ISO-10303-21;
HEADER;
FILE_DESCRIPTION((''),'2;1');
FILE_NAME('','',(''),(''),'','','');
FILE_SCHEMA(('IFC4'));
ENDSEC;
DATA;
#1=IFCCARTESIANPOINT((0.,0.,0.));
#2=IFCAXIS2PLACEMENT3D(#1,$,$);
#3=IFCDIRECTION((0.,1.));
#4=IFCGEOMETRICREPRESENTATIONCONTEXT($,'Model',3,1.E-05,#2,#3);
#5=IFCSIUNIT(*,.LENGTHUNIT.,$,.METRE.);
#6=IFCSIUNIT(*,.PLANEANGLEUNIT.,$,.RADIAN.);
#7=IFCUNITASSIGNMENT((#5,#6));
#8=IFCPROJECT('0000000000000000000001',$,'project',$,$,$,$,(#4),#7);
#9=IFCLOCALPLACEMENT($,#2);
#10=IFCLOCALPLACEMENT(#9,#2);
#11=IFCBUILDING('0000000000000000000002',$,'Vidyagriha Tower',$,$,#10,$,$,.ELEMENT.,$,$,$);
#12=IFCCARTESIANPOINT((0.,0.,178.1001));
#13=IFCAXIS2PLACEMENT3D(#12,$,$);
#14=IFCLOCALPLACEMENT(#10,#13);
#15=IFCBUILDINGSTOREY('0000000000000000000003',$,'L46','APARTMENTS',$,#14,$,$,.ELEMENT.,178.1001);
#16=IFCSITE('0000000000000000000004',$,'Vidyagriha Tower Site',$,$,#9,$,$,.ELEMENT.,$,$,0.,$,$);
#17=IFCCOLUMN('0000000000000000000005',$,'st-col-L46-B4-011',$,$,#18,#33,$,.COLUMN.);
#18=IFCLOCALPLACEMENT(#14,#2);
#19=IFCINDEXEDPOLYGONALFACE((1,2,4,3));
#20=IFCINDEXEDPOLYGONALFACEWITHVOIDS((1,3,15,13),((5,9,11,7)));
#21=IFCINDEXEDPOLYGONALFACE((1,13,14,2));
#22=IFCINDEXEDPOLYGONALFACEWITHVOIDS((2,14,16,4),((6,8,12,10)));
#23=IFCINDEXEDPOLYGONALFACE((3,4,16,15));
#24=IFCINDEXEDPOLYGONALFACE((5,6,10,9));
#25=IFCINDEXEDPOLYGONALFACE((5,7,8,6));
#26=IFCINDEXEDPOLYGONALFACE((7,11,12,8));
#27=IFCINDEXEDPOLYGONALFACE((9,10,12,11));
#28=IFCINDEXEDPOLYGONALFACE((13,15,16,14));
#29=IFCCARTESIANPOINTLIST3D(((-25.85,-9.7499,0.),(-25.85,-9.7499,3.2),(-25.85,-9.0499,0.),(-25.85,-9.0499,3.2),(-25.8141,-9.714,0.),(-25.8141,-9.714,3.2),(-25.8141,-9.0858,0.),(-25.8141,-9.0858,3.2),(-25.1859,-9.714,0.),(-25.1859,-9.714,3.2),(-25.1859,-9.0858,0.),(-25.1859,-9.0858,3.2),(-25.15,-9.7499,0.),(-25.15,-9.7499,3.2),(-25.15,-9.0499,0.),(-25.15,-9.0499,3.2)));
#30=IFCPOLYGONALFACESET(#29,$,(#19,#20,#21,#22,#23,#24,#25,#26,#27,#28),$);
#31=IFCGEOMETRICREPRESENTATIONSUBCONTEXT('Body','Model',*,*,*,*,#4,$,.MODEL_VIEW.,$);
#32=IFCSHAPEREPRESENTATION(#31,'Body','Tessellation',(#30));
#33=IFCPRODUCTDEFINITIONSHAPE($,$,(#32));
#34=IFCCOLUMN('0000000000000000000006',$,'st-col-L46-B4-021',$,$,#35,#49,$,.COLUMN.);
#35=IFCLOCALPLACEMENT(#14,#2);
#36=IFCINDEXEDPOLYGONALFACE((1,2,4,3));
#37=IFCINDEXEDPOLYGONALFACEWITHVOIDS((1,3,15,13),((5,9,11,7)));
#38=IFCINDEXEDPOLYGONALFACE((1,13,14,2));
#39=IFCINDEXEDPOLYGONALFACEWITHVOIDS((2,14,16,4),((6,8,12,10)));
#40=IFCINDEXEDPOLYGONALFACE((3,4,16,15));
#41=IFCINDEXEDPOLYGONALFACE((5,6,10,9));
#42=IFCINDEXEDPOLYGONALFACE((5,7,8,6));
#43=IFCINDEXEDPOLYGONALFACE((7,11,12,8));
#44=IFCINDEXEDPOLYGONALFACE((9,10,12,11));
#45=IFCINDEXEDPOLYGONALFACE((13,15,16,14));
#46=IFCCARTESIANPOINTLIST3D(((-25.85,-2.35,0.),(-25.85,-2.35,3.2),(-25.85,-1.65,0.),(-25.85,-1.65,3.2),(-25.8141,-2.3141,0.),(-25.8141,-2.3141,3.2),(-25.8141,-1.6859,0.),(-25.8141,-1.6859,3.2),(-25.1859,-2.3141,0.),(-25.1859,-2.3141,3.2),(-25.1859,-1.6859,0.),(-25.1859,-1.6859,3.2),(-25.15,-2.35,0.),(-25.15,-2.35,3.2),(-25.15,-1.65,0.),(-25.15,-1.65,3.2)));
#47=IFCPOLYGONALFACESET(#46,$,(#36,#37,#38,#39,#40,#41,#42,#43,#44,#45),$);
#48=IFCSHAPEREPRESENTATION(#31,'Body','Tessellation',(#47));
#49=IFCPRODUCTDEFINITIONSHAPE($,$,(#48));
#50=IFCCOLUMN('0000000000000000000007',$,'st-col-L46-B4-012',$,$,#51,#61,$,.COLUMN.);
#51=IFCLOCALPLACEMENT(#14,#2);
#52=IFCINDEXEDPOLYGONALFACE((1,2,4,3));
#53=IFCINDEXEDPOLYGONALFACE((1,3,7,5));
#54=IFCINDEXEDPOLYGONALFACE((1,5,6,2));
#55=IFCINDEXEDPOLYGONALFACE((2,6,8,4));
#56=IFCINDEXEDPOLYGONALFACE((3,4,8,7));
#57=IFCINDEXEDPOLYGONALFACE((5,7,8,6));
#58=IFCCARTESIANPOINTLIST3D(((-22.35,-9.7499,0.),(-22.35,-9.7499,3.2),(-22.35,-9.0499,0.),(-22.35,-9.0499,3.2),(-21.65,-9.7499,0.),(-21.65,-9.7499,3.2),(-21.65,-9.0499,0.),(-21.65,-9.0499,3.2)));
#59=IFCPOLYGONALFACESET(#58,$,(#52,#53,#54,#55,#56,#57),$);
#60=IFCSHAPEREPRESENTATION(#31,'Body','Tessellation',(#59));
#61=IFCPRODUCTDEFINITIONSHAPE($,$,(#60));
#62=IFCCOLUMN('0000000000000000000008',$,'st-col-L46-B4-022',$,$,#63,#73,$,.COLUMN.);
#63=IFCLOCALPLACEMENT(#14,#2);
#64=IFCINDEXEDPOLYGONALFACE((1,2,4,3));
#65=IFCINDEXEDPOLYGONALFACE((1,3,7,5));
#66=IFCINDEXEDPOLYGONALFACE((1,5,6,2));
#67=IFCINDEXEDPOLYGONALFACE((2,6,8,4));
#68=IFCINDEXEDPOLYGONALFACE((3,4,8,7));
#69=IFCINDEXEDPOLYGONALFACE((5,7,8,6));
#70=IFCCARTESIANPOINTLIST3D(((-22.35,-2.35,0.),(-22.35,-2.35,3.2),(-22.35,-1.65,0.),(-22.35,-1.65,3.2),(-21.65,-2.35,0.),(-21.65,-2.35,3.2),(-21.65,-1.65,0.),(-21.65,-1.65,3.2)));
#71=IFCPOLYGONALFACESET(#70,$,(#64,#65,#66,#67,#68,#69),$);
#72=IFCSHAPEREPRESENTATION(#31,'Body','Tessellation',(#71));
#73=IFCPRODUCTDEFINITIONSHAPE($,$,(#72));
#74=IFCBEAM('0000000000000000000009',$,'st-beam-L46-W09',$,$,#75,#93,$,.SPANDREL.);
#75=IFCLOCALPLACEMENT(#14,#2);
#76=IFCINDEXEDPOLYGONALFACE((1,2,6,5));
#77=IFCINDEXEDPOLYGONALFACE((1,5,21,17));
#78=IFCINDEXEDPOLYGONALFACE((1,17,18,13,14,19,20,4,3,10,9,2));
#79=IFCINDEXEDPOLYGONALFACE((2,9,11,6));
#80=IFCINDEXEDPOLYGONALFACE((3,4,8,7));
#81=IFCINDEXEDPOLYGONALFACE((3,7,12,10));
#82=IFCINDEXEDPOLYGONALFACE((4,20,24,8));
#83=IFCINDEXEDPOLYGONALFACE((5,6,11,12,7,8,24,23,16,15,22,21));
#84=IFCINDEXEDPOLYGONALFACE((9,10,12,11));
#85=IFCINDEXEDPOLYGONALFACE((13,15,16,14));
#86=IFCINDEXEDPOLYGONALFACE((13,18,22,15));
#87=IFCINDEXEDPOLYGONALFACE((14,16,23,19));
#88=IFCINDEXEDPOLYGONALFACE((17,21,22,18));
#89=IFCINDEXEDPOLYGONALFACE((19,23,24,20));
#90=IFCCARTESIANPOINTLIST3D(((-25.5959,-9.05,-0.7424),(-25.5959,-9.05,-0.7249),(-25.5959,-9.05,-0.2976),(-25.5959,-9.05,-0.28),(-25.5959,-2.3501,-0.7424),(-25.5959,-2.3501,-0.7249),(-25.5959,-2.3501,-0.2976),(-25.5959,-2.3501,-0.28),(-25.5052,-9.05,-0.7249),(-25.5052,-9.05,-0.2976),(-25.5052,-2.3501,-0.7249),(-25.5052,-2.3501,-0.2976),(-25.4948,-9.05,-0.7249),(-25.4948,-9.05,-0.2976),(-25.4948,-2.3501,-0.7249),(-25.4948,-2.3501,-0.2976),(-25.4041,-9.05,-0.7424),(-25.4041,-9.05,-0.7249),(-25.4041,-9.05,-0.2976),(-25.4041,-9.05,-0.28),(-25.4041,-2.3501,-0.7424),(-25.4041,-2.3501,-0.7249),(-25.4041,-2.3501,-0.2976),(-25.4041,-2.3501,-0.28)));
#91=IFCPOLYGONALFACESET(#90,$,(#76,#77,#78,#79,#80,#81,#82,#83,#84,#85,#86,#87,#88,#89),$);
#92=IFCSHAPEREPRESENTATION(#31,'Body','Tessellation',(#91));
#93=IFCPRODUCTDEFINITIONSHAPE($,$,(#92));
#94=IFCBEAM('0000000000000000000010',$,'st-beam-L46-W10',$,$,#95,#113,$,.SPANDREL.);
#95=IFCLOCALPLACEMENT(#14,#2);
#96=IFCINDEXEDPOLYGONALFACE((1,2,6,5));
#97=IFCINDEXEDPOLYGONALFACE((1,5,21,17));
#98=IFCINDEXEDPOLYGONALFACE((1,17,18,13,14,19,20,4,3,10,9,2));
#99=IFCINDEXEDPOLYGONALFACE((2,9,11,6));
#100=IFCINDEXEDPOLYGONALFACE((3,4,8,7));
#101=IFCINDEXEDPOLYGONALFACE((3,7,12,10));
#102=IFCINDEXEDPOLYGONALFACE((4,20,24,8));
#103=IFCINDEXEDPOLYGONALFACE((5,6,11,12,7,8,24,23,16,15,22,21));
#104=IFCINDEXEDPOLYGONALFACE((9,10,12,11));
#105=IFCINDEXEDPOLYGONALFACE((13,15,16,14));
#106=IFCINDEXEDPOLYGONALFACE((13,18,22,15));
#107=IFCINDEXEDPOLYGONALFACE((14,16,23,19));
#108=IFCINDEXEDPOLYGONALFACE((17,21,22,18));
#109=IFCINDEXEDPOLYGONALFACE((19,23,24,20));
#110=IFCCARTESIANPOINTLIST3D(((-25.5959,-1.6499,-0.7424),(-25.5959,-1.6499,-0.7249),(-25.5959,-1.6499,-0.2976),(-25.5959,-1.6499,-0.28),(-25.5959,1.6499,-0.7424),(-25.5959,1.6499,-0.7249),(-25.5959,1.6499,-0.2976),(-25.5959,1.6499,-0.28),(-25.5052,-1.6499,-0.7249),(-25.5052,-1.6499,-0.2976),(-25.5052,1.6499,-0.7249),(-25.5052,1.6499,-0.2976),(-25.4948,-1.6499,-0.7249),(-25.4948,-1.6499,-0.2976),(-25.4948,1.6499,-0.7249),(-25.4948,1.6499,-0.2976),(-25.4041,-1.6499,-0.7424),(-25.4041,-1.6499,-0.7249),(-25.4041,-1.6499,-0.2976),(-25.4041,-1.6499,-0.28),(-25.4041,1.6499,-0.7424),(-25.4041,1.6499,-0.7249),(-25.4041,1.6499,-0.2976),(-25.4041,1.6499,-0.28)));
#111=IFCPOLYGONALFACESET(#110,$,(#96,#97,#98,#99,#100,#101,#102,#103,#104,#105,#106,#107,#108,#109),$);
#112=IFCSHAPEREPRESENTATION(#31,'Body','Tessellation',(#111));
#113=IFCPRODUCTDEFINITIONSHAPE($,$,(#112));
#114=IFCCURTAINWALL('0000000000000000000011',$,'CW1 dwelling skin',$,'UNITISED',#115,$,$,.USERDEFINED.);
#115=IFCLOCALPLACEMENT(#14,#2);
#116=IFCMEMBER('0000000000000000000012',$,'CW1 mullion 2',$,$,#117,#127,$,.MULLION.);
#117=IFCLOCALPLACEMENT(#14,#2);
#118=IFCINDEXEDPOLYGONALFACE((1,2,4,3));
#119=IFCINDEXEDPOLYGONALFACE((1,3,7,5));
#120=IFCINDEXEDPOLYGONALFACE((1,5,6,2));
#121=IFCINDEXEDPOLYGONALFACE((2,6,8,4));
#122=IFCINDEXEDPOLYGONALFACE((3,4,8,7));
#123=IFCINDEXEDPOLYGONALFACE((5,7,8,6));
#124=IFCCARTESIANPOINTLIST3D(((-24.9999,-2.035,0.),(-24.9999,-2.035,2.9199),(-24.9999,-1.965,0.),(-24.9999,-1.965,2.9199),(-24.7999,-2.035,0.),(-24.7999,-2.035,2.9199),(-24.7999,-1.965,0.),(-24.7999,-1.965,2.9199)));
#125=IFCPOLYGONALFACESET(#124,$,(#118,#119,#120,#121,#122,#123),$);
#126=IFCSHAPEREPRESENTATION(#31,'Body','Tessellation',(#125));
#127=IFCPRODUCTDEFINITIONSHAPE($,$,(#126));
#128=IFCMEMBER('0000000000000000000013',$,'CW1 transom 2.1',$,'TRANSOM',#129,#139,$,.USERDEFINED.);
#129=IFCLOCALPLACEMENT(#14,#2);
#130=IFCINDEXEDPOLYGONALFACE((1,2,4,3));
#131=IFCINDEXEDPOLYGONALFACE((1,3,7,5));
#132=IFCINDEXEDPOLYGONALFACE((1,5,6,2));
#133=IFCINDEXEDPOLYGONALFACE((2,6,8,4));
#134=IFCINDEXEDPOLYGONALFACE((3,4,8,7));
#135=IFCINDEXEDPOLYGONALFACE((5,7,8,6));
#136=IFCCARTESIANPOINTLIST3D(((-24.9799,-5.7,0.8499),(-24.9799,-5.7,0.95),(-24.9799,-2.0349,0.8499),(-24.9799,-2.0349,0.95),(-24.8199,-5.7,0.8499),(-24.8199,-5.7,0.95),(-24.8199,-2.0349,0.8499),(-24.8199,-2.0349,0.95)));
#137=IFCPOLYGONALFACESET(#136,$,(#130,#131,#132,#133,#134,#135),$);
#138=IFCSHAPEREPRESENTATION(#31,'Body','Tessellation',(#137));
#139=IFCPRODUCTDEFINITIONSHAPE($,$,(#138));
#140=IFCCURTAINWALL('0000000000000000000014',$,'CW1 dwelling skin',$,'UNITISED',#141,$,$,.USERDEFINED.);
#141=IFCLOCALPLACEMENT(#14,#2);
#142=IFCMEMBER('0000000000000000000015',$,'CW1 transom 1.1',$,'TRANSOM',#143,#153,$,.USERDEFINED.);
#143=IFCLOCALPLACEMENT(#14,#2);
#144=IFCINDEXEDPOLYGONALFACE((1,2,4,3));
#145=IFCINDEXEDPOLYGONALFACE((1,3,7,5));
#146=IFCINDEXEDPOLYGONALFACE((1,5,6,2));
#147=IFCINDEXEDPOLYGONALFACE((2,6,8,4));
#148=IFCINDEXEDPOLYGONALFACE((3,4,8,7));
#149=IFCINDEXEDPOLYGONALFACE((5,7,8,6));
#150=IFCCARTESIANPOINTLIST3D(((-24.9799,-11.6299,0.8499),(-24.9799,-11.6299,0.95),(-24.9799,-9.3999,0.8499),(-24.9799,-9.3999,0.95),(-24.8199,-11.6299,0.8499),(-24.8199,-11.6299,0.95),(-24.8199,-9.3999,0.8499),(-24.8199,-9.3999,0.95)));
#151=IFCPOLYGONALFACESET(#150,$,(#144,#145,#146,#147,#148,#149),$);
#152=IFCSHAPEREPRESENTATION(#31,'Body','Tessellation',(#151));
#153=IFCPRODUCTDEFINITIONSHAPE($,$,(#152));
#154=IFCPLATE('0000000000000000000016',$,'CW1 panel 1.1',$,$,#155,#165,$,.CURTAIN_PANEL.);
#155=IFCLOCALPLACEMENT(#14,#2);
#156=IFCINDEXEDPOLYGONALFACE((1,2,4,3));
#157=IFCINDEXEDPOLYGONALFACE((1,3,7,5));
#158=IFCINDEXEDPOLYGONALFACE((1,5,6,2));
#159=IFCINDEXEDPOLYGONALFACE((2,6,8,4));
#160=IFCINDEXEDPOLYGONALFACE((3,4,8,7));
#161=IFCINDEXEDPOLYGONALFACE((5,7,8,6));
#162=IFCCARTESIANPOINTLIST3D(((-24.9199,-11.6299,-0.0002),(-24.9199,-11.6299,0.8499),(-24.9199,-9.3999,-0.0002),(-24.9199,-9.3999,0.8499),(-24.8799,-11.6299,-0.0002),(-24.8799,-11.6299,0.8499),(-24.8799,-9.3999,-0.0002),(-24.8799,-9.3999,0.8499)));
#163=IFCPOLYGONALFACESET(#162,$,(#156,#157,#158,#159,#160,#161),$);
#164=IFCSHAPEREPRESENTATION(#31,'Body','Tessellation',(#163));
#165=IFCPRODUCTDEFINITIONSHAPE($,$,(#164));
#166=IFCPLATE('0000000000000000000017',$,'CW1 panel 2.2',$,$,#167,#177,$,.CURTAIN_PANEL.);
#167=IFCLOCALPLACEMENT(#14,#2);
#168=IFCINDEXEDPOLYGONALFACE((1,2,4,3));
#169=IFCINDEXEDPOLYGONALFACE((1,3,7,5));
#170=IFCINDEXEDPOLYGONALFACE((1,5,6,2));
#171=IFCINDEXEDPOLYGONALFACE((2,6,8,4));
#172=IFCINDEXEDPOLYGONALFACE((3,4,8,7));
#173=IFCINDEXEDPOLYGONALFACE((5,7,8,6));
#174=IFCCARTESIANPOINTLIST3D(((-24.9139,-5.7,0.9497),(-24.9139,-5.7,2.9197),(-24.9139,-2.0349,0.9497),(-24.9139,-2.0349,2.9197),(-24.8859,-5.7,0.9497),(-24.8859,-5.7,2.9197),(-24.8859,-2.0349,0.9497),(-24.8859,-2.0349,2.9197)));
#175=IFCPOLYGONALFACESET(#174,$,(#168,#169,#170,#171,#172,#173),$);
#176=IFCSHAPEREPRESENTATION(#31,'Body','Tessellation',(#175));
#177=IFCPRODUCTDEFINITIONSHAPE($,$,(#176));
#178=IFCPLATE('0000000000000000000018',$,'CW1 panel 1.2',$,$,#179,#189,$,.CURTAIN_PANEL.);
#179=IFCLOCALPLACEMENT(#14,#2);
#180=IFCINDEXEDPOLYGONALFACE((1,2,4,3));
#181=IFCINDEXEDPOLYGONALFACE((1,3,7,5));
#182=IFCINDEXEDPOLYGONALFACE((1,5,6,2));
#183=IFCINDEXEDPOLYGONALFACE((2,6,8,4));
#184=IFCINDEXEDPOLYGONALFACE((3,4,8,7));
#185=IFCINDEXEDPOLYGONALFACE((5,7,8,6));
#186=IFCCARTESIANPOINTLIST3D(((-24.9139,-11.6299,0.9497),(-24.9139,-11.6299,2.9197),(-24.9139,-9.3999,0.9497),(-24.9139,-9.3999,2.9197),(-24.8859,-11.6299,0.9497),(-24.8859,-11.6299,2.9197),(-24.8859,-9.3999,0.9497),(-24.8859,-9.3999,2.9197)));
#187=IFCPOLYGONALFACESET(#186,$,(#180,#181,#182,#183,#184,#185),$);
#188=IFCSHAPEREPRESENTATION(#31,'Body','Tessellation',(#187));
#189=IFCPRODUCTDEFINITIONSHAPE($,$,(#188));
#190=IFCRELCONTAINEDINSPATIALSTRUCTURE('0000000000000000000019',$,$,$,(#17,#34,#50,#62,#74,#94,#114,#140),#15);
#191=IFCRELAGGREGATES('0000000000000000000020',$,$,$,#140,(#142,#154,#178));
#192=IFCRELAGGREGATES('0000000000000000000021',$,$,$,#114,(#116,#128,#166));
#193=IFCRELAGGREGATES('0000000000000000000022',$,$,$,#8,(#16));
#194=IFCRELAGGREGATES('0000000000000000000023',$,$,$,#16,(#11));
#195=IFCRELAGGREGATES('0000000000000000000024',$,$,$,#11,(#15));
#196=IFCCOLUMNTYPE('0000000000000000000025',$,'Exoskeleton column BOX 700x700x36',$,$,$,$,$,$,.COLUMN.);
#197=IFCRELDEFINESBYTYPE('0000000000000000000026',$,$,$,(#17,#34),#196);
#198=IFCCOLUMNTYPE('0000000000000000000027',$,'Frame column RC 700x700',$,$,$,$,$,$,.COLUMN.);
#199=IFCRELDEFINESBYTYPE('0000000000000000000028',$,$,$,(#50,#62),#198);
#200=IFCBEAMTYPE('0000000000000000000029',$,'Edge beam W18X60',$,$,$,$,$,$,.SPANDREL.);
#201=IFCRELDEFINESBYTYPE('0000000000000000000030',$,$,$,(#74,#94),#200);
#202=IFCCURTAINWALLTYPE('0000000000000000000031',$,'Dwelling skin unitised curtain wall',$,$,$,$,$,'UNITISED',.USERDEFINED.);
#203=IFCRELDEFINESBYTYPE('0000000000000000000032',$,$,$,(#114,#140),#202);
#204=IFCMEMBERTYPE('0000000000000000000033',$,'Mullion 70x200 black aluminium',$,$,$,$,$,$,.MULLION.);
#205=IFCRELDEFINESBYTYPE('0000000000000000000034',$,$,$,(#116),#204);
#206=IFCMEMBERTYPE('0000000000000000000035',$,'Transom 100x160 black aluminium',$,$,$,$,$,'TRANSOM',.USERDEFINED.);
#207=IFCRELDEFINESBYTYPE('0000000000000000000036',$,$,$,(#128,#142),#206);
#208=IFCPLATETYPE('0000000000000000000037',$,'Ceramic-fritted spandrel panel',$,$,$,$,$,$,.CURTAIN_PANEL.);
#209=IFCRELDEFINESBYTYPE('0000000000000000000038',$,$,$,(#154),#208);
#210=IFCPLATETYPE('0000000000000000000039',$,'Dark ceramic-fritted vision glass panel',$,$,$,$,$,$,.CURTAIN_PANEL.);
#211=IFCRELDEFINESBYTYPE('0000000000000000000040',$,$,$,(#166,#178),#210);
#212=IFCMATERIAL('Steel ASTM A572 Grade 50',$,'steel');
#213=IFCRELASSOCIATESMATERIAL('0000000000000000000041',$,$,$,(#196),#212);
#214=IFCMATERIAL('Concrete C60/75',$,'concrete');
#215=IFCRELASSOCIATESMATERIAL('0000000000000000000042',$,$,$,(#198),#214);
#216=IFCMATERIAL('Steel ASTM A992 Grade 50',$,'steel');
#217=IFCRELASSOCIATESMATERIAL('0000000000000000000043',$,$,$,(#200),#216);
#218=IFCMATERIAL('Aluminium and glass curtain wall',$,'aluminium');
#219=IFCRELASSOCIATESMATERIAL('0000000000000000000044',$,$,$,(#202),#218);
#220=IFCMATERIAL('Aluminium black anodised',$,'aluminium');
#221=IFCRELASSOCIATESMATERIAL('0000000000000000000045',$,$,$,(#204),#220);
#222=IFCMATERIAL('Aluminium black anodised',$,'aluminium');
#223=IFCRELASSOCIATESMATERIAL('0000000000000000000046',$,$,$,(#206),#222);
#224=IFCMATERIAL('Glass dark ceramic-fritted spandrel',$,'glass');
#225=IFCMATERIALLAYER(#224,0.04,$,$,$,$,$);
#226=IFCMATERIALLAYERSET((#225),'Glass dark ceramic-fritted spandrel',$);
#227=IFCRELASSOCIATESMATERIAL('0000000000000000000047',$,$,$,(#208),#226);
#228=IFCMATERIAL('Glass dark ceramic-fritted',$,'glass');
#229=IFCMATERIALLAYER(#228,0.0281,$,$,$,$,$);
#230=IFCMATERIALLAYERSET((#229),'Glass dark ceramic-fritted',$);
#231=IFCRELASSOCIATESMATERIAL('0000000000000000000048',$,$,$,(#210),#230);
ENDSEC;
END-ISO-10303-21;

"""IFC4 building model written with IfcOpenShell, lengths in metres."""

from ifc_helpers import new_model, si_unit, direction, frame, origin, origin_2d, place, context, subcontext, project, spatial, rectangle, hollow_rectangle, i_section, extrude, material, layer, layer_set, material_profile, profile_set, type_object, element, aggregate, save


model = new_model("IFC4")

# Units and contexts
model_context = context("Model", 3, precision=1e-05, world=origin(), true_north=direction((0.0, 1.0)))
body_context = subcontext(model_context, "Body", "Model", "MODEL_VIEW")
ifc_project = project(units=[si_unit("LENGTHUNIT", "METRE"), si_unit("PLANEANGLEUNIT", "RADIAN")], contexts=[model_context])

# Site, building, storey
site_placement = place(None, origin())
site = spatial("IfcSite", under=ifc_project, at=site_placement, Name="Vidyagriha Tower Site", CompositionType="ELEMENT", RefElevation=0.0)
building_placement = place(site_placement, origin())
building = spatial("IfcBuilding", under=site, at=building_placement, Name="Vidyagriha Tower", CompositionType="ELEMENT")
storey_placement = place(building_placement, frame((0.0, 0.0, 178.1001)))
storey = spatial("IfcBuildingStorey", under=building, at=storey_placement, Name="L46", Description="APARTMENTS", CompositionType="ELEMENT", Elevation=178.1001)

# Columns
ifc_material_1 = material(Name="Steel ASTM A572 Grade 50", Category="steel")
ifc_material_profile_1 = material_profile(ifc_material_1, hollow_rectangle(XDim=0.7, YDim=0.7, WallThickness=0.0359, at=origin_2d()), Name="BOX 700x700x36")
ifc_profile_set_1 = profile_set([ifc_material_profile_1], Name="Steel ASTM A572 Grade 50")
column_type_1 = type_object("IfcColumnType", Name="Exoskeleton column BOX 700x700x36", PredefinedType="COLUMN", material=ifc_profile_set_1)
for number, where, name in (
    (1, (-25.5, -9.3999, 0.0), "st-col-L46-B4-011"),
    (2, (-25.5, -2.0, 0.0), "st-col-L46-B4-021"),
):
    element("IfcColumn", number, at=place(storey_placement, frame(where)), inside=storey, type_object=column_type_1, Name=name, PredefinedType="COLUMN", context=body_context, shape_type="SweptSolid", body=[
        extrude(hollow_rectangle(XDim=0.7, YDim=0.7, WallThickness=0.0359, at=origin_2d()), origin(), (0.0, 0.0, 1.0), 3.2),
    ])
ifc_material_2 = material(Name="Concrete C60/75", Category="concrete")
ifc_material_profile_2 = material_profile(ifc_material_2, rectangle(XDim=0.7, YDim=0.7, at=origin_2d()), Name="RC 700x700")
ifc_profile_set_2 = profile_set([ifc_material_profile_2], Name="Concrete C60/75")
column_type_2 = type_object("IfcColumnType", Name="Frame column RC 700x700", PredefinedType="COLUMN", material=ifc_profile_set_2)
for number, where, name in (
    (3, (-22.0, -9.3999, 0.0), "st-col-L46-B4-012"),
    (4, (-22.0, -2.0, 0.0), "st-col-L46-B4-022"),
):
    element("IfcColumn", number, at=place(storey_placement, frame(where)), inside=storey, type_object=column_type_2, Name=name, PredefinedType="COLUMN", context=body_context, shape_type="SweptSolid", body=[
        extrude(rectangle(XDim=0.7, YDim=0.7, at=origin_2d()), origin(), (0.0, 0.0, 1.0), 3.2),
    ])

# Beams
ifc_material_3 = material(Name="Steel ASTM A992 Grade 50", Category="steel")
ifc_material_profile_3 = material_profile(ifc_material_3, i_section(OverallWidth=0.1919, OverallDepth=0.4624, WebThickness=0.0105, FlangeThickness=0.0176, at=origin_2d()), Name="W18X60")
ifc_profile_set_3 = profile_set([ifc_material_profile_3], Name="Steel ASTM A992 Grade 50")
beam_type = type_object("IfcBeamType", Name="Edge beam W18X60", PredefinedType="SPANDREL", material=ifc_profile_set_3)
beam_1_placement = place(storey_placement, frame((-25.5, -9.05, -0.5112), z_axis=(0.0, 1.0, 0.0), x_axis=(-1.0, 0.0, 0.0)))
element("IfcBeam", 5, at=beam_1_placement, inside=storey, type_object=beam_type, Name="st-beam-L46-W09", PredefinedType="SPANDREL", context=body_context, shape_type="SweptSolid", body=[
    extrude(i_section(OverallWidth=0.1919, OverallDepth=0.4624, WebThickness=0.0105, FlangeThickness=0.0176, at=origin_2d()), origin(), (0.0, 0.0, 1.0), 6.7),
])
beam_2_placement = place(storey_placement, frame((-25.5, -1.6499, -0.5112), z_axis=(0.0, 1.0, 0.0), x_axis=(-1.0, 0.0, 0.0)))
element("IfcBeam", 6, at=beam_2_placement, inside=storey, type_object=beam_type, Name="st-beam-L46-W10", PredefinedType="SPANDREL", context=body_context, shape_type="SweptSolid", body=[
    extrude(i_section(OverallWidth=0.1919, OverallDepth=0.4624, WebThickness=0.0105, FlangeThickness=0.0176, at=origin_2d()), origin(), (0.0, 0.0, 1.0), 3.2998),
])

# Curtain wall, members
ifc_material_4 = material(Name="Aluminium and glass curtain wall", Category="aluminium")
curtain_wall_type = type_object("IfcCurtainWallType", Name="Dwelling skin unitised curtain wall", ElementType="UNITISED", PredefinedType="USERDEFINED", material=ifc_material_4)
curtain_wall_1_placement = place(storey_placement, origin())
curtain_wall_1 = element("IfcCurtainWall", 7, at=curtain_wall_1_placement, inside=storey, type_object=curtain_wall_type, Name="CW1 dwelling skin", ObjectType="UNITISED", PredefinedType="USERDEFINED")
ifc_material_5 = material(Name="Aluminium black anodised", Category="aluminium")
ifc_material_profile_4 = material_profile(ifc_material_5, rectangle(XDim=0.2, YDim=0.0701, at=origin_2d()), Name="Mullion 70x200 black aluminium")
ifc_profile_set_4 = profile_set([ifc_material_profile_4], Name="Aluminium black anodised")
member_type_1 = type_object("IfcMemberType", Name="Mullion 70x200 black aluminium", PredefinedType="MULLION", material=ifc_profile_set_4)
member_1_placement = place(storey_placement, frame((-24.8999, -2.0, 0.0)))
member_1 = element("IfcMember", 8, at=member_1_placement, type_object=member_type_1, Name="CW1 mullion 2", PredefinedType="MULLION", context=body_context, shape_type="SweptSolid", body=[
    extrude(rectangle(XDim=0.2, YDim=0.0701, at=origin_2d()), origin(), (0.0, 0.0, 1.0), 2.9199),
])
ifc_material_6 = material(Name="Aluminium black anodised", Category="aluminium")
ifc_material_profile_5 = material_profile(ifc_material_6, rectangle(XDim=0.1599, YDim=0.1001, at=origin_2d()), Name="Transom 100x160 black aluminium")
ifc_profile_set_5 = profile_set([ifc_material_profile_5], Name="Aluminium black anodised")
member_type_2 = type_object("IfcMemberType", Name="Transom 100x160 black aluminium", ElementType="TRANSOM", PredefinedType="USERDEFINED", material=ifc_profile_set_5)
member_2_placement = place(storey_placement, frame((-24.8999, -2.0349, 0.8999), z_axis=(0.0, -1.0, 0.0), x_axis=(1.0, 0.0, 0.0)))
member_2 = element("IfcMember", 9, at=member_2_placement, type_object=member_type_2, Name="CW1 transom 2.1", ObjectType="TRANSOM", PredefinedType="USERDEFINED", context=body_context, shape_type="SweptSolid", body=[
    extrude(rectangle(XDim=0.1599, YDim=0.1001, at=origin_2d()), origin(), (0.0, 0.0, 1.0), 3.665),
])

# Curtain wall, member, plate
curtain_wall_2_placement = place(storey_placement, origin())
curtain_wall_2 = element("IfcCurtainWall", 10, at=curtain_wall_2_placement, inside=storey, type_object=curtain_wall_type, Name="CW1 dwelling skin", ObjectType="UNITISED", PredefinedType="USERDEFINED")
member_3_placement = place(storey_placement, frame((-24.8999, -9.3999, 0.8999), z_axis=(0.0, -1.0, 0.0), x_axis=(1.0, 0.0, 0.0)))
member_3 = element("IfcMember", 11, at=member_3_placement, type_object=member_type_2, Name="CW1 transom 1.1", ObjectType="TRANSOM", PredefinedType="USERDEFINED", context=body_context, shape_type="SweptSolid", body=[
    extrude(rectangle(XDim=0.1599, YDim=0.1001, at=origin_2d()), origin(), (0.0, 0.0, 1.0), 2.23),
])
ifc_material_7 = material(Name="Glass dark ceramic-fritted spandrel", Category="glass")
ifc_layer_1 = layer(ifc_material_7, 0.04)
ifc_layer_set_1 = layer_set([ifc_layer_1], Name="Glass dark ceramic-fritted spandrel")
plate_type_1 = type_object("IfcPlateType", Name="Ceramic-fritted spandrel panel", PredefinedType="CURTAIN_PANEL", material=ifc_layer_set_1)
plate_1_placement = place(storey_placement, frame((-24.8999, -10.5149, -0.0002), z_axis=(0.0, 0.0, 1.0), x_axis=(0.0, -1.0, 0.0)))
plate_1 = element("IfcPlate", 12, at=plate_1_placement, type_object=plate_type_1, Name="CW1 panel 1.1", PredefinedType="CURTAIN_PANEL", context=body_context, shape_type="SweptSolid", body=[
    extrude(rectangle(XDim=2.23, YDim=0.04, at=origin_2d()), origin(), (0.0, 0.0, 1.0), 0.8501),
])

# Plates
ifc_material_8 = material(Name="Glass dark ceramic-fritted", Category="glass")
ifc_layer_2 = layer(ifc_material_8, 0.0281)
ifc_layer_set_2 = layer_set([ifc_layer_2], Name="Glass dark ceramic-fritted")
plate_type_2 = type_object("IfcPlateType", Name="Dark ceramic-fritted vision glass panel", PredefinedType="CURTAIN_PANEL", material=ifc_layer_set_2)
plate_2_placement = place(storey_placement, frame((-24.8999, -3.8674, 0.9497), z_axis=(0.0, 0.0, 1.0), x_axis=(0.0, -1.0, 0.0)))
plate_2 = element("IfcPlate", 13, at=plate_2_placement, type_object=plate_type_2, Name="CW1 panel 2.2", PredefinedType="CURTAIN_PANEL", context=body_context, shape_type="SweptSolid", body=[
    extrude(rectangle(XDim=3.665, YDim=0.0281, at=origin_2d()), origin(), (0.0, 0.0, 1.0), 1.97),
])
plate_3_placement = place(storey_placement, frame((-24.8999, -10.5149, 0.9497), z_axis=(0.0, 0.0, 1.0), x_axis=(0.0, -1.0, 0.0)))
plate_3 = element("IfcPlate", 14, at=plate_3_placement, type_object=plate_type_2, Name="CW1 panel 1.2", PredefinedType="CURTAIN_PANEL", context=body_context, shape_type="SweptSolid", body=[
    extrude(rectangle(XDim=2.23, YDim=0.0281, at=origin_2d()), origin(), (0.0, 0.0, 1.0), 1.97),
])
aggregate(curtain_wall_2, [member_3, plate_1, plate_3])
aggregate(curtain_wall_1, [member_1, member_2, plate_2])

save(model, "model.ifc")
